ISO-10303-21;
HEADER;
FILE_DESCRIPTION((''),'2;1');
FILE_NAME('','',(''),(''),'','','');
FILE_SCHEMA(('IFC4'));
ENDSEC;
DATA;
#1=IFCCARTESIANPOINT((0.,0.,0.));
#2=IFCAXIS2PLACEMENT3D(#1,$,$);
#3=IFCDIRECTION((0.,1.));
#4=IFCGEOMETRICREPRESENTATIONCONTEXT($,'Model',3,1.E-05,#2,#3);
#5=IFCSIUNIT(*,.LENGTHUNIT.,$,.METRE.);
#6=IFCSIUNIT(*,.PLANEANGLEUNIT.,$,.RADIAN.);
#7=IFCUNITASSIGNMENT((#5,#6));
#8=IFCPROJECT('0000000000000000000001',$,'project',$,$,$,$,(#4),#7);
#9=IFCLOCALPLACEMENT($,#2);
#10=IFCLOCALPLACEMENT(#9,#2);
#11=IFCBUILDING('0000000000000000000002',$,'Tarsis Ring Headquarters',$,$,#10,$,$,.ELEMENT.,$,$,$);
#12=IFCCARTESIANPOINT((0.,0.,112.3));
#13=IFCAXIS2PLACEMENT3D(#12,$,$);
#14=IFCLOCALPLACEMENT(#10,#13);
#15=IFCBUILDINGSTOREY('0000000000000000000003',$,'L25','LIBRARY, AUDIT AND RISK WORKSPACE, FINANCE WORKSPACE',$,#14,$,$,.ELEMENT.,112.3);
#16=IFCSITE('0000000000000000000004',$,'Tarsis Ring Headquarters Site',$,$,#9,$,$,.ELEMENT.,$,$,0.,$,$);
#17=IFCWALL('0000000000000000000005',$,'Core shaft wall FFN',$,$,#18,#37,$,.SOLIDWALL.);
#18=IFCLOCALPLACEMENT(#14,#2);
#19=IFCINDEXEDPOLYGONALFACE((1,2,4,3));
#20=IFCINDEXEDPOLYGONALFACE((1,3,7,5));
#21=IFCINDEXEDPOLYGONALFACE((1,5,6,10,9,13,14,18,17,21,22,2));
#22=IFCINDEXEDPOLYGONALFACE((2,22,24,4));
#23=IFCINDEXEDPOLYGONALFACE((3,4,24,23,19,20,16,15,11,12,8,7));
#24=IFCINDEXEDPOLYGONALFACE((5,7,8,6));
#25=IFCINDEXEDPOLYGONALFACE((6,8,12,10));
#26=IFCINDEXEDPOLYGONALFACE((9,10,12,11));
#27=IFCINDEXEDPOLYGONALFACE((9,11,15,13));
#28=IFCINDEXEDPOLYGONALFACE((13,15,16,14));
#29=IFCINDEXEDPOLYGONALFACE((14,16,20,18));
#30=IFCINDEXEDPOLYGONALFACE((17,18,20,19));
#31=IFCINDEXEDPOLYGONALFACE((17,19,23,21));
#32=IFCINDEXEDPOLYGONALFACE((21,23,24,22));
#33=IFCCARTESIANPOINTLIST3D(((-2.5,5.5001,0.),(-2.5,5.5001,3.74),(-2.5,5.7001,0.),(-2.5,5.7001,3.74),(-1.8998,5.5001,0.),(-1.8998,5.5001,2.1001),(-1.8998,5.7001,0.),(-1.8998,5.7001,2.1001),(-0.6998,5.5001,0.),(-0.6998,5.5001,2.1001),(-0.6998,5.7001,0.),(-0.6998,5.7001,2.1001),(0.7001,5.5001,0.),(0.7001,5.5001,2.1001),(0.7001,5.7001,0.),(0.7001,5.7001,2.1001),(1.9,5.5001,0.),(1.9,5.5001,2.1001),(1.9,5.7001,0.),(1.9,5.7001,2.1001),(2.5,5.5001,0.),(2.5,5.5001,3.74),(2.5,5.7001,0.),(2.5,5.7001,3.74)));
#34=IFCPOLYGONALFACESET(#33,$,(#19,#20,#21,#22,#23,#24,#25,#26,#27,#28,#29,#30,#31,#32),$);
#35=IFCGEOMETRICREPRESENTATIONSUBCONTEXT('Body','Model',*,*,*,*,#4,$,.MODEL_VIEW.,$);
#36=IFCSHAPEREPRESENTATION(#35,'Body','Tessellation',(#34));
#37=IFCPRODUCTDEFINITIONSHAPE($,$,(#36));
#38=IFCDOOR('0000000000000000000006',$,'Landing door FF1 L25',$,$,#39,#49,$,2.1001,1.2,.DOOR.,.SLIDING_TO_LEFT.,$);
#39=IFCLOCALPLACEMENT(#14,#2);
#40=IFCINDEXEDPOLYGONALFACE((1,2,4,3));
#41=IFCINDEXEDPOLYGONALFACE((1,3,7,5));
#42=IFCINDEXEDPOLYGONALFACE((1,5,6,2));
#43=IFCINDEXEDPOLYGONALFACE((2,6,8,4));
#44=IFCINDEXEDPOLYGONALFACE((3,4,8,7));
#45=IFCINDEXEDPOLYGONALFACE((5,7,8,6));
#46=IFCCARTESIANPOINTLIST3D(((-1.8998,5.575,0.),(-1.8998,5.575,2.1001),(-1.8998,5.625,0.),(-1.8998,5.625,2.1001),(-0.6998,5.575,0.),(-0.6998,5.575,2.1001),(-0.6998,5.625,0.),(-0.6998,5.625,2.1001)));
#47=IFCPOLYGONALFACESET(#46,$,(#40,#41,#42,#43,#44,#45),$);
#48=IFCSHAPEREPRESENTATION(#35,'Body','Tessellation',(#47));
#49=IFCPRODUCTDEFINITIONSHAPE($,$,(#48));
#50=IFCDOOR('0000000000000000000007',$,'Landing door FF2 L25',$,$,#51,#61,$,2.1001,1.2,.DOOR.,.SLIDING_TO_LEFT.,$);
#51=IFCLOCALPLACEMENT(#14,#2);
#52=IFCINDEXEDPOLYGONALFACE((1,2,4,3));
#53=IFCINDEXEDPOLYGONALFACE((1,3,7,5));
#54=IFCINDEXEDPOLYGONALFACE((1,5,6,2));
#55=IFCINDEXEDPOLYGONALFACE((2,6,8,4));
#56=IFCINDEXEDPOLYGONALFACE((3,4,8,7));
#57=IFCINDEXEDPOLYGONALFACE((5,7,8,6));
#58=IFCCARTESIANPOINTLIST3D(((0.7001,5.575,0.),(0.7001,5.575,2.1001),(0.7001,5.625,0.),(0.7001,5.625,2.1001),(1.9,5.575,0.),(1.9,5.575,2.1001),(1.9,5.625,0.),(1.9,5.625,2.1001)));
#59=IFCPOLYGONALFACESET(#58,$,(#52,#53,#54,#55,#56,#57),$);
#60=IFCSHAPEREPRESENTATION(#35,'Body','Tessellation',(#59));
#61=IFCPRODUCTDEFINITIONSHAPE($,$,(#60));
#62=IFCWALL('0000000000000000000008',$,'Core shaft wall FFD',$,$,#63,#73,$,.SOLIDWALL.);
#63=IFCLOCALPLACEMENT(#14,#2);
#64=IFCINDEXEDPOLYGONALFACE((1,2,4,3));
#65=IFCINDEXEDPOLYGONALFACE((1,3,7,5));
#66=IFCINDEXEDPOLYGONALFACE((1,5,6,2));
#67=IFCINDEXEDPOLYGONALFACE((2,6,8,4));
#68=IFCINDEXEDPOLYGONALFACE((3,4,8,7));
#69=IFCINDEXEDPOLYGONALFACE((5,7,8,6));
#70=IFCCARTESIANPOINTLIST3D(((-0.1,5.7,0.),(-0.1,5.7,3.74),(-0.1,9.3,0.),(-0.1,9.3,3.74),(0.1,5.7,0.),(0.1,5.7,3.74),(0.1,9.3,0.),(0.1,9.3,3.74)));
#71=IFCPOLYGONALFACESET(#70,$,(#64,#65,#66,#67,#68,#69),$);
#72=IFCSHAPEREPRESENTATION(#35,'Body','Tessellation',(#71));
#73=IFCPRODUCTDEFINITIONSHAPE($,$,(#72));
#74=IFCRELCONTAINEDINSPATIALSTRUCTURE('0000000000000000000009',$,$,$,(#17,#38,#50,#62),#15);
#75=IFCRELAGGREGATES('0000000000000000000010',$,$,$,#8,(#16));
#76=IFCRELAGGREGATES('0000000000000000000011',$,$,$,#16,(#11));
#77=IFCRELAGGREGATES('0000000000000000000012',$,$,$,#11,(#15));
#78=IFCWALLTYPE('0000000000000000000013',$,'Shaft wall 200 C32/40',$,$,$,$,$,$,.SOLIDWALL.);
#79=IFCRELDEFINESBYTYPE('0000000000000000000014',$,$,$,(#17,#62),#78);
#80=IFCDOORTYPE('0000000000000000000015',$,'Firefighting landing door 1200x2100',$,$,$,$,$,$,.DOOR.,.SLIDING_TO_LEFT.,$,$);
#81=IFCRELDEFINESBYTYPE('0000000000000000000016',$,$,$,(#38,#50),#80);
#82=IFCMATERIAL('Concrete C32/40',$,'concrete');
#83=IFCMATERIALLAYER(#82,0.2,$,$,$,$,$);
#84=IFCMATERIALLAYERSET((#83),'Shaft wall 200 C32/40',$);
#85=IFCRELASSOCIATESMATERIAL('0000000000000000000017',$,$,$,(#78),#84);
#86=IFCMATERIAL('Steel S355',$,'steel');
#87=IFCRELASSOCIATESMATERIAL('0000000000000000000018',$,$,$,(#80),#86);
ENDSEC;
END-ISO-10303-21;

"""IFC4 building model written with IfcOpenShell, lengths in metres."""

from ifc_helpers import new_model, si_unit, direction, frame, frame_2d, origin, place, context, subcontext, project, spatial, rectangle, extrude, material, layer, layer_set, type_object, element, fill, save


model = new_model("IFC4")

# Units and contexts
model_context = context("Model", 3, precision=1e-05, world=origin(), true_north=direction((0.0, 1.0)))
body_context = subcontext(model_context, "Body", "Model", "MODEL_VIEW")
ifc_project = project(units=[si_unit("LENGTHUNIT", "METRE"), si_unit("PLANEANGLEUNIT", "RADIAN")], contexts=[model_context])

# Site, building, storey
site_placement = place(None, origin())
site = spatial("IfcSite", under=ifc_project, at=site_placement, Name="Tarsis Ring Headquarters Site", CompositionType="ELEMENT", RefElevation=0.0)
building_placement = place(site_placement, origin())
building = spatial("IfcBuilding", under=site, at=building_placement, Name="Tarsis Ring Headquarters", CompositionType="ELEMENT")
storey_placement = place(building_placement, frame((0.0, 0.0, 112.3)))
storey = spatial("IfcBuildingStorey", under=building, at=storey_placement, Name="L25", Description="LIBRARY, AUDIT AND RISK WORKSPACE, FINANCE WORKSPACE", CompositionType="ELEMENT", Elevation=112.3)

# Shared definitions
ifc_material_1 = material(Name="Concrete C32/40", Category="concrete")
ifc_layer_1 = layer(ifc_material_1, 0.2)
ifc_layer_set_1 = layer_set([ifc_layer_1], Name="Shaft wall 200 C32/40")
wall_type_1 = type_object("IfcWallType", Name="Shaft wall 200 C32/40", PredefinedType="SOLIDWALL", material=ifc_layer_set_1)
ifc_material_2 = material(Name="Steel S355", Category="steel")

# Wall, openings, doors
wall_1_placement = place(storey_placement, frame((-2.5, 5.6001, 0.0), z_axis=(0.0, 0.0, 1.0), x_axis=(1.0, 0.0, 0.0)))
wall_1 = element("IfcWall", 1, at=wall_1_placement, inside=storey, type_object=wall_type_1, Name="Core shaft wall FFN", PredefinedType="SOLIDWALL", context=body_context, shape_type="SweptSolid", body=[
    extrude(rectangle(XDim=5.0, YDim=0.2, at=frame_2d((2.5, 0.0))), origin(), (0.0, 0.0, 1.0), 3.74),
])
opening_1_placement = place(wall_1_placement, frame((0.6001, 0.0, 0.0)))
opening_1 = element("IfcOpeningElement", 2, at=opening_1_placement, cuts=wall_1, PredefinedType="OPENING", context=body_context, shape_type="SweptSolid", body=[
    extrude(rectangle(XDim=1.2, YDim=2.1001, at=frame_2d((0.6001, 1.05))), frame((0.0, 0.1099, 0.0), z_axis=(0.0, -1.0, 0.0), x_axis=(1.0, 0.0, 0.0)), (0.0, 0.0, 1.0), 0.22),
])
opening_2_placement = place(wall_1_placement, frame((3.2, 0.0, 0.0)))
opening_2 = element("IfcOpeningElement", 3, at=opening_2_placement, cuts=wall_1, PredefinedType="OPENING", context=body_context, shape_type="SweptSolid", body=[
    extrude(rectangle(XDim=1.2, YDim=2.1001, at=frame_2d((0.6001, 1.05))), frame((0.0, 0.1099, 0.0), z_axis=(0.0, -1.0, 0.0), x_axis=(1.0, 0.0, 0.0)), (0.0, 0.0, 1.0), 0.22),
])
door_type_1 = type_object("IfcDoorType", Name="Firefighting landing door 1200x2100", OperationType="SLIDING_TO_LEFT", PredefinedType="DOOR", material=ifc_material_2)
door_1_placement = place(opening_1_placement, origin())
door_1 = element("IfcDoor", 4, at=door_1_placement, inside=storey, type_object=door_type_1, Name="Landing door FF1 L25", OperationType="SLIDING_TO_LEFT", OverallHeight=2.1001, OverallWidth=1.2, PredefinedType="DOOR", context=body_context, shape_type="SweptSolid", body=[
    extrude(rectangle(XDim=1.2, YDim=2.1001, at=frame_2d((0.6001, 1.05))), frame((0.0, 0.0249, 0.0), z_axis=(0.0, -1.0, 0.0), x_axis=(1.0, 0.0, 0.0)), (0.0, 0.0, 1.0), 0.05),
])
fill(opening_1, door_1)
door_2_placement = place(opening_2_placement, origin())
door_2 = element("IfcDoor", 5, at=door_2_placement, inside=storey, type_object=door_type_1, Name="Landing door FF2 L25", OperationType="SLIDING_TO_LEFT", OverallHeight=2.1001, OverallWidth=1.2, PredefinedType="DOOR", context=body_context, shape_type="SweptSolid", body=[
    extrude(rectangle(XDim=1.2, YDim=2.1001, at=frame_2d((0.6001, 1.05))), frame((0.0, 0.0249, 0.0), z_axis=(0.0, -1.0, 0.0), x_axis=(1.0, 0.0, 0.0)), (0.0, 0.0, 1.0), 0.05),
])
fill(opening_2, door_2)

# Wall
wall_2_placement = place(storey_placement, frame((0.0, 5.7, 0.0), z_axis=(0.0, 0.0, 1.0), x_axis=(0.0, 1.0, 0.0)))
element("IfcWall", 6, at=wall_2_placement, inside=storey, type_object=wall_type_1, Name="Core shaft wall FFD", PredefinedType="SOLIDWALL", context=body_context, shape_type="SweptSolid", body=[
    extrude(rectangle(XDim=3.6001, YDim=0.2, at=frame_2d((1.8, 0.0))), origin(), (0.0, 0.0, 1.0), 3.74),
])

save(model, "model.ifc")
